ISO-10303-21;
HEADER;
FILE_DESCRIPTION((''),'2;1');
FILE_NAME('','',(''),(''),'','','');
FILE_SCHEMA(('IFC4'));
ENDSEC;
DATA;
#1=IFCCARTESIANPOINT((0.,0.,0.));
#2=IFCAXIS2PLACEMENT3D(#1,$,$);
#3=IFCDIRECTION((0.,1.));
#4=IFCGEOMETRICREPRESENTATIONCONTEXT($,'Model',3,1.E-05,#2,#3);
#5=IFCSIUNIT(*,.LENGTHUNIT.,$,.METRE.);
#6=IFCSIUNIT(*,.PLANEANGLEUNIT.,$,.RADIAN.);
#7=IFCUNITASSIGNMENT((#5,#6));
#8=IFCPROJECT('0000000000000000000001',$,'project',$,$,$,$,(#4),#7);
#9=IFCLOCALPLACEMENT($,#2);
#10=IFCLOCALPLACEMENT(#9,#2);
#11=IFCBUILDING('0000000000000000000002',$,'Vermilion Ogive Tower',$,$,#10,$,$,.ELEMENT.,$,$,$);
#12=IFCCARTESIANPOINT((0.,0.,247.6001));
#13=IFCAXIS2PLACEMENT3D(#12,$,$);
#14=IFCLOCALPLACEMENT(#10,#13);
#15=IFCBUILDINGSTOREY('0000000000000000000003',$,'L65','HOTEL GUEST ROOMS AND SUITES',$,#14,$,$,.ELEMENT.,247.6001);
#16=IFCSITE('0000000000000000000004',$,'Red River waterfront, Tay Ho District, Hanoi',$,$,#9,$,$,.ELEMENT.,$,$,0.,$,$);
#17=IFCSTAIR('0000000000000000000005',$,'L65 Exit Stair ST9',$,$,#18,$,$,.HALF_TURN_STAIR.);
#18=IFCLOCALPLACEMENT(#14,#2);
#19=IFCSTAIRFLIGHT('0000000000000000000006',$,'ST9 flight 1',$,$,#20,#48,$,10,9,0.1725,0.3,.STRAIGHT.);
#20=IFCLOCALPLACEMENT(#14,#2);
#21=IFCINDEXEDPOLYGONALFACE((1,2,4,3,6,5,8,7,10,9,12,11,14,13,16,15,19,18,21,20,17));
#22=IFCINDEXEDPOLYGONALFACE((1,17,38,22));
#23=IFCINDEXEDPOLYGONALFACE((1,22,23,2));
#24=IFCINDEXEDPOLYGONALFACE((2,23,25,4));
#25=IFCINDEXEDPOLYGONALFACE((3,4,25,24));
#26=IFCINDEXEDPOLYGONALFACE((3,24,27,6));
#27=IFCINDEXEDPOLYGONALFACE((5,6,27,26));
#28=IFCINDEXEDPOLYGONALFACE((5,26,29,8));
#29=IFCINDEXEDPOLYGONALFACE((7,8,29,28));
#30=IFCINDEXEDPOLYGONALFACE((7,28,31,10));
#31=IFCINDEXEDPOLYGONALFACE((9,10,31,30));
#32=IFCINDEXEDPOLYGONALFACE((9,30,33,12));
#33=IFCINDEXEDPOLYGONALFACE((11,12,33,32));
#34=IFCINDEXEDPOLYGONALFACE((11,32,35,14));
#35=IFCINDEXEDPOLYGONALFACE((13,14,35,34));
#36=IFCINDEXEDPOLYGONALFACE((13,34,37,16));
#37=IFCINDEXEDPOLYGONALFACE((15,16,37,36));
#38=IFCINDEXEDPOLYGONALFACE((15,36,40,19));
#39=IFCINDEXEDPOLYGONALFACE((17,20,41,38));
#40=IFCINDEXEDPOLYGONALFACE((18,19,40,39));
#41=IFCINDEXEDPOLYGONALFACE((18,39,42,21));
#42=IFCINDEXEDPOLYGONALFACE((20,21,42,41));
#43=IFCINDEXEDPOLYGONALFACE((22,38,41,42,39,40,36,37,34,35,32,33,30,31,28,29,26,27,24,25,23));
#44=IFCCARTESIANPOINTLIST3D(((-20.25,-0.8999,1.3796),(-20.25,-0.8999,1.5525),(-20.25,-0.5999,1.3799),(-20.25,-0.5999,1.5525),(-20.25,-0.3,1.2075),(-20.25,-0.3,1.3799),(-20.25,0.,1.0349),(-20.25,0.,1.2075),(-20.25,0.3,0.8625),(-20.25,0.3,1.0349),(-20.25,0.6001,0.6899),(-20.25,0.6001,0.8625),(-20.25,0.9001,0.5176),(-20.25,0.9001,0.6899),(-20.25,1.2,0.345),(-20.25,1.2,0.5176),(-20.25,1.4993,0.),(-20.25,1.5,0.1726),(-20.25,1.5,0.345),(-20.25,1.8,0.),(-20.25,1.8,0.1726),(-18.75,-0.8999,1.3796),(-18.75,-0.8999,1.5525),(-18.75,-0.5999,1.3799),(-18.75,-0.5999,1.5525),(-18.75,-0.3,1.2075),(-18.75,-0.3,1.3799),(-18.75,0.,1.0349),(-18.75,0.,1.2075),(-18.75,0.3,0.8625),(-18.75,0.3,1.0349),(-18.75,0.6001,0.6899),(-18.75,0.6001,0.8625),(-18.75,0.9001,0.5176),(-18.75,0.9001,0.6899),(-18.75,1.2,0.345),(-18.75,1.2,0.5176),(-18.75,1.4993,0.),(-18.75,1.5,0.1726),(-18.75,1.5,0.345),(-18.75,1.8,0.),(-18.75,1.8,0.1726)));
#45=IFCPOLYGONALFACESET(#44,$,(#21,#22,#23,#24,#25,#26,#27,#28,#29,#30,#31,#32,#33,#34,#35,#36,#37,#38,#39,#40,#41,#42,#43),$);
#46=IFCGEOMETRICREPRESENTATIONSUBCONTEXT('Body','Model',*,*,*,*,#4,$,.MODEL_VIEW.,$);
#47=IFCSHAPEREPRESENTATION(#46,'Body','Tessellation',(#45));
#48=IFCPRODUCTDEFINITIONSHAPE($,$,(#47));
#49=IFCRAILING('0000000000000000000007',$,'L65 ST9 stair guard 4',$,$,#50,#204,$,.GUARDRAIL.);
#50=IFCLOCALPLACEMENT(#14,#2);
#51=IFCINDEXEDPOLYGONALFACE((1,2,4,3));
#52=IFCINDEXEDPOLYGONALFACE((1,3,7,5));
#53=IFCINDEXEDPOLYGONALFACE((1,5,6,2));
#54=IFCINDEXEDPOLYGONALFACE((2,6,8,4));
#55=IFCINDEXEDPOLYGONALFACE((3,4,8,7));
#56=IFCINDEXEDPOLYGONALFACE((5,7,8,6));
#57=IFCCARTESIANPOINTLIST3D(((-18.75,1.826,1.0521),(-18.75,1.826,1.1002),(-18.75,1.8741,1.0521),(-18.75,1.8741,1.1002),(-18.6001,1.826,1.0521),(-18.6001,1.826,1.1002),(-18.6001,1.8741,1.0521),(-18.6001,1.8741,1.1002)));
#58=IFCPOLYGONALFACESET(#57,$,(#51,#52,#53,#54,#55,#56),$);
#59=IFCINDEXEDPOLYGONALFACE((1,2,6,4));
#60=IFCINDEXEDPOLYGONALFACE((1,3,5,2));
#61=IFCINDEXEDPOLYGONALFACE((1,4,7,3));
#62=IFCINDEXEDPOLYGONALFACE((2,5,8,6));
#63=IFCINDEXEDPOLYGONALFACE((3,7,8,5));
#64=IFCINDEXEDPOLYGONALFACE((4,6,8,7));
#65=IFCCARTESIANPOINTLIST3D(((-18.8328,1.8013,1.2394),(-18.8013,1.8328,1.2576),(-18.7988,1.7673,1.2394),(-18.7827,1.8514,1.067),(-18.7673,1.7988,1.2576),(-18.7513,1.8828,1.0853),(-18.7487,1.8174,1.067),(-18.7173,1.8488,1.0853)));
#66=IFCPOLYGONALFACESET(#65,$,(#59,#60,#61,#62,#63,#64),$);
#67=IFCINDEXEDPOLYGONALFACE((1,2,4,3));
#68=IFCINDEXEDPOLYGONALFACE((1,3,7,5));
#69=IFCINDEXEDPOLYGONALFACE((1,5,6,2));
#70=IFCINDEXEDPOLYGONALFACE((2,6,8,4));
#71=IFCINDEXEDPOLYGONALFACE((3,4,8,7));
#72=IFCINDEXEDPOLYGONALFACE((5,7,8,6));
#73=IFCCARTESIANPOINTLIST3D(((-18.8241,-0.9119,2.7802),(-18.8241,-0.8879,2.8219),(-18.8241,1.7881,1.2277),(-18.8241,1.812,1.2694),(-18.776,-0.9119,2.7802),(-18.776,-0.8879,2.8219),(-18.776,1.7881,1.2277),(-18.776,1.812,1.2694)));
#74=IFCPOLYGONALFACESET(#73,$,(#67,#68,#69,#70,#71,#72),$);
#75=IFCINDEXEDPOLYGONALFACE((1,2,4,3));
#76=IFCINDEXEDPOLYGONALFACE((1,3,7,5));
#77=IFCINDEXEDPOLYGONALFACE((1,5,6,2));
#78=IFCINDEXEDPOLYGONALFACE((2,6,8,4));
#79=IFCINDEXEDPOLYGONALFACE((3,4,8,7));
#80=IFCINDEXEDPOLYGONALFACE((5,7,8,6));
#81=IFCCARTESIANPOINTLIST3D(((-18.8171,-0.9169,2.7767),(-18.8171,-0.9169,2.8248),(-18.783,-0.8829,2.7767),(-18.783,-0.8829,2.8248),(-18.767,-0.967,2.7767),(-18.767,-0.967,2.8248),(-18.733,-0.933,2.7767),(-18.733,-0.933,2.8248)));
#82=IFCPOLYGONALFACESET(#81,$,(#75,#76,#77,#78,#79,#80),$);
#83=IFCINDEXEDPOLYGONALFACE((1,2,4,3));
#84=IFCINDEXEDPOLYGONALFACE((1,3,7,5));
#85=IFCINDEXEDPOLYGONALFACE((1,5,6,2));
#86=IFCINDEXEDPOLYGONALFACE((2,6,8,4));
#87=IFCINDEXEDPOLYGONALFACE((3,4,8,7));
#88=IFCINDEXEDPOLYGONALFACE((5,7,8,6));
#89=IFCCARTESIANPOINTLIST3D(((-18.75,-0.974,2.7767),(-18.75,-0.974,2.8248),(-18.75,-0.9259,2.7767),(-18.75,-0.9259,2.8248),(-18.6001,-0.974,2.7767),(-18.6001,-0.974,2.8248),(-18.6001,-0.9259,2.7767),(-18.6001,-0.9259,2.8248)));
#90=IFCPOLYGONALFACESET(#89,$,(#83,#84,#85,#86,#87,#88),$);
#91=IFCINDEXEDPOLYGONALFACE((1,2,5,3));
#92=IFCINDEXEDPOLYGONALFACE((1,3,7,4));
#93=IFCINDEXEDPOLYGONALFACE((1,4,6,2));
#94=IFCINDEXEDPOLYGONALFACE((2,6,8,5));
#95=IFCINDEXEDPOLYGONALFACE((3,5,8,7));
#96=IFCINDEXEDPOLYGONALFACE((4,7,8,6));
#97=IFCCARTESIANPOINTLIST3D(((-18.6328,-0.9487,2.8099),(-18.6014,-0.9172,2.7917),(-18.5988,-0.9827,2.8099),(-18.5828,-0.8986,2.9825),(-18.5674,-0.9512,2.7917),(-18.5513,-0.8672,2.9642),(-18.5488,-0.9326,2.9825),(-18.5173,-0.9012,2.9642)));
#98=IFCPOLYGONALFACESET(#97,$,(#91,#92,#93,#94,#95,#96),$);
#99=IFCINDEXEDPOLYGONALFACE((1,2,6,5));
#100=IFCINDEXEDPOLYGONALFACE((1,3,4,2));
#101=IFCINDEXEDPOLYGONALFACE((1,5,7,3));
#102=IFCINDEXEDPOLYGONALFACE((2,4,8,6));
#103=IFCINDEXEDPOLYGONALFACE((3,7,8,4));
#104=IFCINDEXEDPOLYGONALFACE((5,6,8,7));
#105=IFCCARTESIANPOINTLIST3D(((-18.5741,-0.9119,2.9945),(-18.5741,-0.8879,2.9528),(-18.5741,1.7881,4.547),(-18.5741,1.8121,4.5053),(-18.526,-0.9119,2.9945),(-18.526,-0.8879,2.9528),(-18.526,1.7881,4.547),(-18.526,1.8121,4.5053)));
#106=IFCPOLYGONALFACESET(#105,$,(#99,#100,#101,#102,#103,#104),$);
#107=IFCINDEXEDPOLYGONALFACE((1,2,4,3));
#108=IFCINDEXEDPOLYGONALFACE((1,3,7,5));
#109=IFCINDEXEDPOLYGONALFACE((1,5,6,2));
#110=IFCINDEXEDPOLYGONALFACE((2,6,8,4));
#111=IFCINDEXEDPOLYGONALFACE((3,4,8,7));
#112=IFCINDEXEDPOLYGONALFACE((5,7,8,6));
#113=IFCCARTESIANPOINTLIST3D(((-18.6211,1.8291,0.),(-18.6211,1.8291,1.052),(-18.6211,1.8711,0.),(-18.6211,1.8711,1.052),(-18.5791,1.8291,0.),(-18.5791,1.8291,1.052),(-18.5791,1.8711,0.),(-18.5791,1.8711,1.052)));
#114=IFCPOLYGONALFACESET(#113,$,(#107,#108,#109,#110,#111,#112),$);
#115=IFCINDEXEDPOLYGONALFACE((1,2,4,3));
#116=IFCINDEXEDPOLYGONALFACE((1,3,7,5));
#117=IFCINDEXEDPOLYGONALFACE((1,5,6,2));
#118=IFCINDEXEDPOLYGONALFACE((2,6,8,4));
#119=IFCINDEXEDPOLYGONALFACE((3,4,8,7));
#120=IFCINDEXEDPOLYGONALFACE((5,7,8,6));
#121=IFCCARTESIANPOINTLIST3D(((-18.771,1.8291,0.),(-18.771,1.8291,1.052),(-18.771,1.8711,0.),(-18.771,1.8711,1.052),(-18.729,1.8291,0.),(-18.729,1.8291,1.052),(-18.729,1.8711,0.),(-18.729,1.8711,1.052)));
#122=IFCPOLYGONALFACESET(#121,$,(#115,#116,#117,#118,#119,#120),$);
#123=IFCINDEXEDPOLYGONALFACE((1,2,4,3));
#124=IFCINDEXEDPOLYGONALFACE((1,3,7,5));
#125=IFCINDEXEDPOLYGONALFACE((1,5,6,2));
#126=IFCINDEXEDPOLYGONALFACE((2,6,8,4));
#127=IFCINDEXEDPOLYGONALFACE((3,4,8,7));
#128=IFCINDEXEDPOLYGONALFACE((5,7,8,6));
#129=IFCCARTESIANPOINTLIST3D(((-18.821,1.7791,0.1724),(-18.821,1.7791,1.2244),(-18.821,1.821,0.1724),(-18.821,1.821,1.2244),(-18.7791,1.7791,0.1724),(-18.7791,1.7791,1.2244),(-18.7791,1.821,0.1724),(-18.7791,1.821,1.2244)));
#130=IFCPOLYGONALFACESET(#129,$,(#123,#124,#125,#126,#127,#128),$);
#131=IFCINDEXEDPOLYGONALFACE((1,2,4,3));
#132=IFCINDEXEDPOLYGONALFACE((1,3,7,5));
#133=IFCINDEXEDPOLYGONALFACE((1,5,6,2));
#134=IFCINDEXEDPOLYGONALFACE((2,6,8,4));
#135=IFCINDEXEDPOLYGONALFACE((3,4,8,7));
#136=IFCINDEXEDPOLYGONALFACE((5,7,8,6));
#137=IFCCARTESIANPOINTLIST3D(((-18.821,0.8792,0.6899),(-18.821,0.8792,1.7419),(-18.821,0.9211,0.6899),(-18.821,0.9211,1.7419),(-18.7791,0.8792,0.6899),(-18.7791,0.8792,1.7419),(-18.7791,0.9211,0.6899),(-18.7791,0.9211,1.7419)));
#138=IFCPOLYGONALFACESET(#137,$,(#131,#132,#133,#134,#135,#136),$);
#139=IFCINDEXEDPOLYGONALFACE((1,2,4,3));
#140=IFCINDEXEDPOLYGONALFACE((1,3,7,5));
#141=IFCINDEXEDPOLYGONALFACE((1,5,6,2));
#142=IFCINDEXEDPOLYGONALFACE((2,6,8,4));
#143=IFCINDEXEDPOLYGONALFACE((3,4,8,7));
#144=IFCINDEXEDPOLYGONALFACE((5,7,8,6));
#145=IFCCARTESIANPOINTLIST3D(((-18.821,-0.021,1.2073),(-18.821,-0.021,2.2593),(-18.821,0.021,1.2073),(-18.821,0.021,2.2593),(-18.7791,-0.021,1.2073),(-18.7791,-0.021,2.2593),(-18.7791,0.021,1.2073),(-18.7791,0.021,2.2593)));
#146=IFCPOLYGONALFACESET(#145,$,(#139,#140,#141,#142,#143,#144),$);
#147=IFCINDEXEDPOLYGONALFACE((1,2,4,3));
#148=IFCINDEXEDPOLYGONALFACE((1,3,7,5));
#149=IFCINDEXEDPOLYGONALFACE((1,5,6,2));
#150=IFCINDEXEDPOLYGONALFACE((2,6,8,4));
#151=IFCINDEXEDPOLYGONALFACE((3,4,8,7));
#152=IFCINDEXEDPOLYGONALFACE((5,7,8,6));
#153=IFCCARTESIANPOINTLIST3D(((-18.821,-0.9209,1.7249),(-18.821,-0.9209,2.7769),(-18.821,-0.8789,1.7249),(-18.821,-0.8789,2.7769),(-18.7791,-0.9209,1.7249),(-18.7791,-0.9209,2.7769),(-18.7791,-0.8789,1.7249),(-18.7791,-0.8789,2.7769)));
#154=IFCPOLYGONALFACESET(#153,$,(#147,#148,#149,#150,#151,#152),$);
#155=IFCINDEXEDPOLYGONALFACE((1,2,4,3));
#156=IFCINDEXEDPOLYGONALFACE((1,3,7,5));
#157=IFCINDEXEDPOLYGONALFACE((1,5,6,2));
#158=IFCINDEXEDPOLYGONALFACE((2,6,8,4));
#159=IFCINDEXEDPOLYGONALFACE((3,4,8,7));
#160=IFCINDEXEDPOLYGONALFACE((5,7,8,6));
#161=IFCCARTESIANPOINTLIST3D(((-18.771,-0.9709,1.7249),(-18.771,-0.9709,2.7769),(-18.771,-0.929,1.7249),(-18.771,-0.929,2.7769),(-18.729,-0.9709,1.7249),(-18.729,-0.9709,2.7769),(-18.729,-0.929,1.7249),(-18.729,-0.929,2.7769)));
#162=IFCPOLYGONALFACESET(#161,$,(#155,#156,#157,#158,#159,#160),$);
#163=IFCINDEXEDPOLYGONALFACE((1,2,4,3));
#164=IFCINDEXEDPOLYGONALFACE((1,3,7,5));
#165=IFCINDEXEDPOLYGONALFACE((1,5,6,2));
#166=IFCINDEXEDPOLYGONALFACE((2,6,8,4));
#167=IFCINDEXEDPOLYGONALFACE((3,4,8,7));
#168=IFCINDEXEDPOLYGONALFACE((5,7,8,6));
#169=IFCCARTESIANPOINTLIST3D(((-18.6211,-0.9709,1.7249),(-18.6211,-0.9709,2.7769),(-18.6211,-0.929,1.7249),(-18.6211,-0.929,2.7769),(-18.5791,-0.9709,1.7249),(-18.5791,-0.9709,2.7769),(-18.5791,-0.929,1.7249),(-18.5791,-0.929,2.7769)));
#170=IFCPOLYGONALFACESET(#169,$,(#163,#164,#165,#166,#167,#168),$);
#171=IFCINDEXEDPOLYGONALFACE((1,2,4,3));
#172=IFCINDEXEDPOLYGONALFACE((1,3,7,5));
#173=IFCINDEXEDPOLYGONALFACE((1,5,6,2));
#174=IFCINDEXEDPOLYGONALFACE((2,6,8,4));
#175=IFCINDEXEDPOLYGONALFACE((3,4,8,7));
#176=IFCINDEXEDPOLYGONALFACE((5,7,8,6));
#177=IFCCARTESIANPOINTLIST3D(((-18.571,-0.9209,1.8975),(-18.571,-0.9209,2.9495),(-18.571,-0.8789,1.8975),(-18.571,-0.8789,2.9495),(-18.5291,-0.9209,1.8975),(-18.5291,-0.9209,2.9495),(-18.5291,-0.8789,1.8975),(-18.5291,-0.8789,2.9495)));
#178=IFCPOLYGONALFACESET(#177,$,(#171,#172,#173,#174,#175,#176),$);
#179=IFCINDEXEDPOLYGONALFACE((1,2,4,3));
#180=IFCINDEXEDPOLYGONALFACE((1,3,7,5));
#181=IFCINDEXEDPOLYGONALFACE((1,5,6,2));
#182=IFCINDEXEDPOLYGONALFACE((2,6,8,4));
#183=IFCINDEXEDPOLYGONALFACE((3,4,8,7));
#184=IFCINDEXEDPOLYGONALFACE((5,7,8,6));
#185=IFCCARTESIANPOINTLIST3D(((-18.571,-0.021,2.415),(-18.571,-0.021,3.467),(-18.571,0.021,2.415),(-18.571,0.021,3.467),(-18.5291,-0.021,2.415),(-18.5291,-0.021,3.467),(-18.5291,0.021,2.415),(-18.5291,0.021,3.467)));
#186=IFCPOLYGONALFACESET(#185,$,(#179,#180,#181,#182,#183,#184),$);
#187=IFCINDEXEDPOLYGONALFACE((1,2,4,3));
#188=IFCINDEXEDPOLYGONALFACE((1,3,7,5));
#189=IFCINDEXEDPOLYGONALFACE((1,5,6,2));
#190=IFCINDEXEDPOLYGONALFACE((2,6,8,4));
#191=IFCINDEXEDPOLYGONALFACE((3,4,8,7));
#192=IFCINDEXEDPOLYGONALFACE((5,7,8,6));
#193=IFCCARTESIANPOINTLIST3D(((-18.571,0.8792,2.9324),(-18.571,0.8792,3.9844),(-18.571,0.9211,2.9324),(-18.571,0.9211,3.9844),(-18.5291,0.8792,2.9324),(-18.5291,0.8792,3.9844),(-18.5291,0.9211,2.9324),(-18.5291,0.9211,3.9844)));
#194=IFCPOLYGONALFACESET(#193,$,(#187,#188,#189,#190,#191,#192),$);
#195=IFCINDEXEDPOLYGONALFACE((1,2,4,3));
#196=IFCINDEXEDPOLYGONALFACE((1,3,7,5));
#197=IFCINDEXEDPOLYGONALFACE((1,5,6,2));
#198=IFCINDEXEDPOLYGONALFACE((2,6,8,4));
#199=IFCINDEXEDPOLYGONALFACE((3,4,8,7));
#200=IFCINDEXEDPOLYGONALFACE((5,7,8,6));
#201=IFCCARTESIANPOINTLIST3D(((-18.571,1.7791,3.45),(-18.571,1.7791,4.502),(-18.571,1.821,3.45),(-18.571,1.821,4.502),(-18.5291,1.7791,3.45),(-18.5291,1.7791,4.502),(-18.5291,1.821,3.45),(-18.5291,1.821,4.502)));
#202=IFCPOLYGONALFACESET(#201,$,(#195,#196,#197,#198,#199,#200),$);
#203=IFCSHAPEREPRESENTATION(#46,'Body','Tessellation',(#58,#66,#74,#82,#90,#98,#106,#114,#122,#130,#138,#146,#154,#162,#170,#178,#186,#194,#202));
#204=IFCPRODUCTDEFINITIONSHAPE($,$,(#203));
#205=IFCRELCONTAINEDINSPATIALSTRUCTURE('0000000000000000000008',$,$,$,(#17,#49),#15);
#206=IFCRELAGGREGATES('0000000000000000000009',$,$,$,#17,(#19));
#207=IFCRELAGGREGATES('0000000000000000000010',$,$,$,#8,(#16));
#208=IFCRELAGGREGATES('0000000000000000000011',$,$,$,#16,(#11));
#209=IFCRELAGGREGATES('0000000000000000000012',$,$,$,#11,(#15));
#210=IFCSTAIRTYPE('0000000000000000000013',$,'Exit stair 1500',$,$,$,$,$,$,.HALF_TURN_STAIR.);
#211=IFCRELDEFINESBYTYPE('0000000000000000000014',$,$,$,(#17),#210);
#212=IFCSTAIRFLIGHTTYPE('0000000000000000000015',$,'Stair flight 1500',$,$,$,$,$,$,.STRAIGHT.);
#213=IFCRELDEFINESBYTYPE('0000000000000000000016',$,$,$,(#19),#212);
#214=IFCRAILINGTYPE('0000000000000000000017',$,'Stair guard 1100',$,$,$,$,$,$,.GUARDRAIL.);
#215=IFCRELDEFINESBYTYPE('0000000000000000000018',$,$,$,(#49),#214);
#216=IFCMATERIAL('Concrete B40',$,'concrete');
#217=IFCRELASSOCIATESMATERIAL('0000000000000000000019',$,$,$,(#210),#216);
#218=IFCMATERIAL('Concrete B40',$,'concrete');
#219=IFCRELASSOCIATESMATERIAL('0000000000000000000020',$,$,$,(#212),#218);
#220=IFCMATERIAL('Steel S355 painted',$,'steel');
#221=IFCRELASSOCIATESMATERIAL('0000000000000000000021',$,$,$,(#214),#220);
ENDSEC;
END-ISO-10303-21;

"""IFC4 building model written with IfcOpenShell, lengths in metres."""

from ifc_helpers import new_model, si_unit, direction, frame, origin, origin_2d, place, context, subcontext, project, spatial, polyline, rectangle, outline, extrude, material, type_object, element, aggregate, save


model = new_model("IFC4")

# Units and contexts
model_context = context("Model", 3, precision=1e-05, world=origin(), true_north=direction((0.0, 1.0)))
body_context = subcontext(model_context, "Body", "Model", "MODEL_VIEW")
ifc_project = project(units=[si_unit("LENGTHUNIT", "METRE"), si_unit("PLANEANGLEUNIT", "RADIAN")], contexts=[model_context])

# Site, building, storey
site_placement = place(None, origin())
site = spatial("IfcSite", under=ifc_project, at=site_placement, Name="Red River waterfront, Tay Ho District, Hanoi", CompositionType="ELEMENT", RefElevation=0.0)
building_placement = place(site_placement, origin())
building = spatial("IfcBuilding", under=site, at=building_placement, Name="Vermilion Ogive Tower", CompositionType="ELEMENT")
storey_placement = place(building_placement, frame((0.0, 0.0, 247.6001)))
storey = spatial("IfcBuildingStorey", under=building, at=storey_placement, Name="L65", Description="HOTEL GUEST ROOMS AND SUITES", CompositionType="ELEMENT", Elevation=247.6001)

# Stair, stair flight
ifc_material_1 = material(Name="Concrete B40", Category="concrete")
stair_type = type_object("IfcStairType", Name="Exit stair 1500", PredefinedType="HALF_TURN_STAIR", material=ifc_material_1)
stair_placement = place(storey_placement, origin())
stair = element("IfcStair", 1, at=stair_placement, inside=storey, type_object=stair_type, Name="L65 Exit Stair ST9", PredefinedType="HALF_TURN_STAIR")
ifc_material_2 = material(Name="Concrete B40", Category="concrete")
stair_flight_type = type_object("IfcStairFlightType", Name="Stair flight 1500", PredefinedType="STRAIGHT", material=ifc_material_2)
stair_flight_placement = place(storey_placement, frame((-19.5, 1.8, 0.0), z_axis=(0.0, 0.0, 1.0), x_axis=(0.0, -1.0, 0.0)))
stair_flight = element("IfcStairFlight", 2, at=stair_flight_placement, type_object=stair_flight_type, Name="ST9 flight 1", NumberOfRisers=10, NumberOfTreads=9, PredefinedType="STRAIGHT", RiserHeight=0.1725, TreadLength=0.3, context=body_context, shape_type="SweptSolid", body=[
    extrude(outline(polyline([(0.0, 0.0), (0.0, 0.1726), (0.3, 0.1726), (0.3, 0.345), (0.6001, 0.345), (0.6001, 0.5176), (0.8999, 0.5176), (0.8999, 0.6899), (1.2, 0.6899), (1.2, 0.8625), (1.5, 0.8625), (1.5, 1.0349), (1.8, 1.0349), (1.8, 1.2075), (2.1001, 1.2075), (2.1001, 1.3799), (2.3999, 1.3799), (2.3999, 1.5525), (2.7, 1.5525), (2.7, 1.7251), (2.7, 1.3796), (0.3008, 0.0), (0.0, 0.0)])), frame((0.0, 0.75, 0.0), z_axis=(0.0, -1.0, 0.0), x_axis=(1.0, 0.0, 0.0)), (0.0, 0.0, 1.0), 1.5),
])
aggregate(stair, [stair_flight])

# Railing
ifc_material_3 = material(Name="Steel S355 painted", Category="steel")
railing_type = type_object("IfcRailingType", Name="Stair guard 1100", PredefinedType="GUARDRAIL", material=ifc_material_3)
railing_placement = place(storey_placement, frame((-18.6001, 1.8501, 0.0)))
element("IfcRailing", 3, at=railing_placement, inside=storey, type_object=railing_type, Name="L65 ST9 stair guard 4", PredefinedType="GUARDRAIL", context=body_context, shape_type="SweptSolid", body=[
    extrude(rectangle(XDim=0.0481, YDim=0.0481, at=origin_2d()), frame((0.0, 0.0, 1.0762), z_axis=(-1.0, 0.0, 0.0), x_axis=(0.0, -1.0, 0.0)), (0.0, 0.0, 1.0), 0.1499),
    extrude(rectangle(XDim=0.0481, YDim=0.0481, at=origin_2d()), frame((-0.1499, 0.0, 1.0762), z_axis=(-0.268603, -0.268603, 0.925043), x_axis=(0.707107, -0.707107, 0.0)), (0.0, 0.0, 1.0), 0.1863),
    extrude(rectangle(XDim=0.0481, YDim=0.0481, at=origin_2d()), frame((-0.2, -0.05, 1.2485), z_axis=(0.0, -0.866904, 0.498476), x_axis=(1.0, 0.0, 0.0)), (0.0, 0.0, 1.0), 3.1145),
    extrude(rectangle(XDim=0.0481, YDim=0.0481, at=origin_2d()), frame((-0.2, -2.75, 2.8008), z_axis=(0.707107, -0.707107, 0.0), x_axis=(0.707107, 0.707107, 0.0)), (0.0, 0.0, 1.0), 0.0708),
    extrude(rectangle(XDim=0.0481, YDim=0.0481, at=origin_2d()), frame((-0.1499, -2.8, 2.8008), z_axis=(1.0, 0.0, 0.0), x_axis=(0.0, 1.0, 0.0)), (0.0, 0.0, 1.0), 0.1499),
    extrude(rectangle(XDim=0.0481, YDim=0.0481, at=origin_2d()), frame((0.0, -2.8, 2.8008), z_axis=(0.268278, 0.268278, 0.925232), x_axis=(-0.707107, 0.707107, 0.0)), (0.0, 0.0, 1.0), 0.1865),
    extrude(rectangle(XDim=0.0481, YDim=0.0481, at=origin_2d()), frame((0.05, -2.75, 2.9736), z_axis=(0.0, 0.866904, 0.498476), x_axis=(-1.0, 0.0, 0.0)), (0.0, 0.0, 1.0), 3.1145),
    extrude(rectangle(XDim=0.042, YDim=0.042, at=origin_2d()), origin(), (0.0, 0.0, 1.0), 1.052),
    extrude(rectangle(XDim=0.042, YDim=0.042, at=origin_2d()), frame((-0.1499, 0.0, 0.0)), (0.0, 0.0, 1.0), 1.052),
    extrude(rectangle(XDim=0.042, YDim=0.042, at=origin_2d()), frame((-0.2, -0.05, 0.1724)), (0.0, 0.0, 1.0), 1.052),
    extrude(rectangle(XDim=0.042, YDim=0.042, at=origin_2d()), frame((-0.2, -0.95, 0.6899)), (0.0, 0.0, 1.0), 1.052),
    extrude(rectangle(XDim=0.042, YDim=0.042, at=origin_2d()), frame((-0.2, -1.8501, 1.2073)), (0.0, 0.0, 1.0), 1.052),
    extrude(rectangle(XDim=0.042, YDim=0.042, at=origin_2d()), frame((-0.2, -2.75, 1.7249)), (0.0, 0.0, 1.0), 1.052),
    extrude(rectangle(XDim=0.042, YDim=0.042, at=origin_2d()), frame((-0.1499, -2.8, 1.7249)), (0.0, 0.0, 1.0), 1.052),
    extrude(rectangle(XDim=0.042, YDim=0.042, at=origin_2d()), frame((0.0, -2.8, 1.7249)), (0.0, 0.0, 1.0), 1.052),
    extrude(rectangle(XDim=0.042, YDim=0.042, at=origin_2d()), frame((0.05, -2.75, 1.8975)), (0.0, 0.0, 1.0), 1.052),
    extrude(rectangle(XDim=0.042, YDim=0.042, at=origin_2d()), frame((0.05, -1.8501, 2.415)), (0.0, 0.0, 1.0), 1.052),
    extrude(rectangle(XDim=0.042, YDim=0.042, at=origin_2d()), frame((0.05, -0.95, 2.9324)), (0.0, 0.0, 1.0), 1.052),
    extrude(rectangle(XDim=0.042, YDim=0.042, at=origin_2d()), frame((0.05, -0.05, 3.45)), (0.0, 0.0, 1.0), 1.052),
])

save(model, "model.ifc")
